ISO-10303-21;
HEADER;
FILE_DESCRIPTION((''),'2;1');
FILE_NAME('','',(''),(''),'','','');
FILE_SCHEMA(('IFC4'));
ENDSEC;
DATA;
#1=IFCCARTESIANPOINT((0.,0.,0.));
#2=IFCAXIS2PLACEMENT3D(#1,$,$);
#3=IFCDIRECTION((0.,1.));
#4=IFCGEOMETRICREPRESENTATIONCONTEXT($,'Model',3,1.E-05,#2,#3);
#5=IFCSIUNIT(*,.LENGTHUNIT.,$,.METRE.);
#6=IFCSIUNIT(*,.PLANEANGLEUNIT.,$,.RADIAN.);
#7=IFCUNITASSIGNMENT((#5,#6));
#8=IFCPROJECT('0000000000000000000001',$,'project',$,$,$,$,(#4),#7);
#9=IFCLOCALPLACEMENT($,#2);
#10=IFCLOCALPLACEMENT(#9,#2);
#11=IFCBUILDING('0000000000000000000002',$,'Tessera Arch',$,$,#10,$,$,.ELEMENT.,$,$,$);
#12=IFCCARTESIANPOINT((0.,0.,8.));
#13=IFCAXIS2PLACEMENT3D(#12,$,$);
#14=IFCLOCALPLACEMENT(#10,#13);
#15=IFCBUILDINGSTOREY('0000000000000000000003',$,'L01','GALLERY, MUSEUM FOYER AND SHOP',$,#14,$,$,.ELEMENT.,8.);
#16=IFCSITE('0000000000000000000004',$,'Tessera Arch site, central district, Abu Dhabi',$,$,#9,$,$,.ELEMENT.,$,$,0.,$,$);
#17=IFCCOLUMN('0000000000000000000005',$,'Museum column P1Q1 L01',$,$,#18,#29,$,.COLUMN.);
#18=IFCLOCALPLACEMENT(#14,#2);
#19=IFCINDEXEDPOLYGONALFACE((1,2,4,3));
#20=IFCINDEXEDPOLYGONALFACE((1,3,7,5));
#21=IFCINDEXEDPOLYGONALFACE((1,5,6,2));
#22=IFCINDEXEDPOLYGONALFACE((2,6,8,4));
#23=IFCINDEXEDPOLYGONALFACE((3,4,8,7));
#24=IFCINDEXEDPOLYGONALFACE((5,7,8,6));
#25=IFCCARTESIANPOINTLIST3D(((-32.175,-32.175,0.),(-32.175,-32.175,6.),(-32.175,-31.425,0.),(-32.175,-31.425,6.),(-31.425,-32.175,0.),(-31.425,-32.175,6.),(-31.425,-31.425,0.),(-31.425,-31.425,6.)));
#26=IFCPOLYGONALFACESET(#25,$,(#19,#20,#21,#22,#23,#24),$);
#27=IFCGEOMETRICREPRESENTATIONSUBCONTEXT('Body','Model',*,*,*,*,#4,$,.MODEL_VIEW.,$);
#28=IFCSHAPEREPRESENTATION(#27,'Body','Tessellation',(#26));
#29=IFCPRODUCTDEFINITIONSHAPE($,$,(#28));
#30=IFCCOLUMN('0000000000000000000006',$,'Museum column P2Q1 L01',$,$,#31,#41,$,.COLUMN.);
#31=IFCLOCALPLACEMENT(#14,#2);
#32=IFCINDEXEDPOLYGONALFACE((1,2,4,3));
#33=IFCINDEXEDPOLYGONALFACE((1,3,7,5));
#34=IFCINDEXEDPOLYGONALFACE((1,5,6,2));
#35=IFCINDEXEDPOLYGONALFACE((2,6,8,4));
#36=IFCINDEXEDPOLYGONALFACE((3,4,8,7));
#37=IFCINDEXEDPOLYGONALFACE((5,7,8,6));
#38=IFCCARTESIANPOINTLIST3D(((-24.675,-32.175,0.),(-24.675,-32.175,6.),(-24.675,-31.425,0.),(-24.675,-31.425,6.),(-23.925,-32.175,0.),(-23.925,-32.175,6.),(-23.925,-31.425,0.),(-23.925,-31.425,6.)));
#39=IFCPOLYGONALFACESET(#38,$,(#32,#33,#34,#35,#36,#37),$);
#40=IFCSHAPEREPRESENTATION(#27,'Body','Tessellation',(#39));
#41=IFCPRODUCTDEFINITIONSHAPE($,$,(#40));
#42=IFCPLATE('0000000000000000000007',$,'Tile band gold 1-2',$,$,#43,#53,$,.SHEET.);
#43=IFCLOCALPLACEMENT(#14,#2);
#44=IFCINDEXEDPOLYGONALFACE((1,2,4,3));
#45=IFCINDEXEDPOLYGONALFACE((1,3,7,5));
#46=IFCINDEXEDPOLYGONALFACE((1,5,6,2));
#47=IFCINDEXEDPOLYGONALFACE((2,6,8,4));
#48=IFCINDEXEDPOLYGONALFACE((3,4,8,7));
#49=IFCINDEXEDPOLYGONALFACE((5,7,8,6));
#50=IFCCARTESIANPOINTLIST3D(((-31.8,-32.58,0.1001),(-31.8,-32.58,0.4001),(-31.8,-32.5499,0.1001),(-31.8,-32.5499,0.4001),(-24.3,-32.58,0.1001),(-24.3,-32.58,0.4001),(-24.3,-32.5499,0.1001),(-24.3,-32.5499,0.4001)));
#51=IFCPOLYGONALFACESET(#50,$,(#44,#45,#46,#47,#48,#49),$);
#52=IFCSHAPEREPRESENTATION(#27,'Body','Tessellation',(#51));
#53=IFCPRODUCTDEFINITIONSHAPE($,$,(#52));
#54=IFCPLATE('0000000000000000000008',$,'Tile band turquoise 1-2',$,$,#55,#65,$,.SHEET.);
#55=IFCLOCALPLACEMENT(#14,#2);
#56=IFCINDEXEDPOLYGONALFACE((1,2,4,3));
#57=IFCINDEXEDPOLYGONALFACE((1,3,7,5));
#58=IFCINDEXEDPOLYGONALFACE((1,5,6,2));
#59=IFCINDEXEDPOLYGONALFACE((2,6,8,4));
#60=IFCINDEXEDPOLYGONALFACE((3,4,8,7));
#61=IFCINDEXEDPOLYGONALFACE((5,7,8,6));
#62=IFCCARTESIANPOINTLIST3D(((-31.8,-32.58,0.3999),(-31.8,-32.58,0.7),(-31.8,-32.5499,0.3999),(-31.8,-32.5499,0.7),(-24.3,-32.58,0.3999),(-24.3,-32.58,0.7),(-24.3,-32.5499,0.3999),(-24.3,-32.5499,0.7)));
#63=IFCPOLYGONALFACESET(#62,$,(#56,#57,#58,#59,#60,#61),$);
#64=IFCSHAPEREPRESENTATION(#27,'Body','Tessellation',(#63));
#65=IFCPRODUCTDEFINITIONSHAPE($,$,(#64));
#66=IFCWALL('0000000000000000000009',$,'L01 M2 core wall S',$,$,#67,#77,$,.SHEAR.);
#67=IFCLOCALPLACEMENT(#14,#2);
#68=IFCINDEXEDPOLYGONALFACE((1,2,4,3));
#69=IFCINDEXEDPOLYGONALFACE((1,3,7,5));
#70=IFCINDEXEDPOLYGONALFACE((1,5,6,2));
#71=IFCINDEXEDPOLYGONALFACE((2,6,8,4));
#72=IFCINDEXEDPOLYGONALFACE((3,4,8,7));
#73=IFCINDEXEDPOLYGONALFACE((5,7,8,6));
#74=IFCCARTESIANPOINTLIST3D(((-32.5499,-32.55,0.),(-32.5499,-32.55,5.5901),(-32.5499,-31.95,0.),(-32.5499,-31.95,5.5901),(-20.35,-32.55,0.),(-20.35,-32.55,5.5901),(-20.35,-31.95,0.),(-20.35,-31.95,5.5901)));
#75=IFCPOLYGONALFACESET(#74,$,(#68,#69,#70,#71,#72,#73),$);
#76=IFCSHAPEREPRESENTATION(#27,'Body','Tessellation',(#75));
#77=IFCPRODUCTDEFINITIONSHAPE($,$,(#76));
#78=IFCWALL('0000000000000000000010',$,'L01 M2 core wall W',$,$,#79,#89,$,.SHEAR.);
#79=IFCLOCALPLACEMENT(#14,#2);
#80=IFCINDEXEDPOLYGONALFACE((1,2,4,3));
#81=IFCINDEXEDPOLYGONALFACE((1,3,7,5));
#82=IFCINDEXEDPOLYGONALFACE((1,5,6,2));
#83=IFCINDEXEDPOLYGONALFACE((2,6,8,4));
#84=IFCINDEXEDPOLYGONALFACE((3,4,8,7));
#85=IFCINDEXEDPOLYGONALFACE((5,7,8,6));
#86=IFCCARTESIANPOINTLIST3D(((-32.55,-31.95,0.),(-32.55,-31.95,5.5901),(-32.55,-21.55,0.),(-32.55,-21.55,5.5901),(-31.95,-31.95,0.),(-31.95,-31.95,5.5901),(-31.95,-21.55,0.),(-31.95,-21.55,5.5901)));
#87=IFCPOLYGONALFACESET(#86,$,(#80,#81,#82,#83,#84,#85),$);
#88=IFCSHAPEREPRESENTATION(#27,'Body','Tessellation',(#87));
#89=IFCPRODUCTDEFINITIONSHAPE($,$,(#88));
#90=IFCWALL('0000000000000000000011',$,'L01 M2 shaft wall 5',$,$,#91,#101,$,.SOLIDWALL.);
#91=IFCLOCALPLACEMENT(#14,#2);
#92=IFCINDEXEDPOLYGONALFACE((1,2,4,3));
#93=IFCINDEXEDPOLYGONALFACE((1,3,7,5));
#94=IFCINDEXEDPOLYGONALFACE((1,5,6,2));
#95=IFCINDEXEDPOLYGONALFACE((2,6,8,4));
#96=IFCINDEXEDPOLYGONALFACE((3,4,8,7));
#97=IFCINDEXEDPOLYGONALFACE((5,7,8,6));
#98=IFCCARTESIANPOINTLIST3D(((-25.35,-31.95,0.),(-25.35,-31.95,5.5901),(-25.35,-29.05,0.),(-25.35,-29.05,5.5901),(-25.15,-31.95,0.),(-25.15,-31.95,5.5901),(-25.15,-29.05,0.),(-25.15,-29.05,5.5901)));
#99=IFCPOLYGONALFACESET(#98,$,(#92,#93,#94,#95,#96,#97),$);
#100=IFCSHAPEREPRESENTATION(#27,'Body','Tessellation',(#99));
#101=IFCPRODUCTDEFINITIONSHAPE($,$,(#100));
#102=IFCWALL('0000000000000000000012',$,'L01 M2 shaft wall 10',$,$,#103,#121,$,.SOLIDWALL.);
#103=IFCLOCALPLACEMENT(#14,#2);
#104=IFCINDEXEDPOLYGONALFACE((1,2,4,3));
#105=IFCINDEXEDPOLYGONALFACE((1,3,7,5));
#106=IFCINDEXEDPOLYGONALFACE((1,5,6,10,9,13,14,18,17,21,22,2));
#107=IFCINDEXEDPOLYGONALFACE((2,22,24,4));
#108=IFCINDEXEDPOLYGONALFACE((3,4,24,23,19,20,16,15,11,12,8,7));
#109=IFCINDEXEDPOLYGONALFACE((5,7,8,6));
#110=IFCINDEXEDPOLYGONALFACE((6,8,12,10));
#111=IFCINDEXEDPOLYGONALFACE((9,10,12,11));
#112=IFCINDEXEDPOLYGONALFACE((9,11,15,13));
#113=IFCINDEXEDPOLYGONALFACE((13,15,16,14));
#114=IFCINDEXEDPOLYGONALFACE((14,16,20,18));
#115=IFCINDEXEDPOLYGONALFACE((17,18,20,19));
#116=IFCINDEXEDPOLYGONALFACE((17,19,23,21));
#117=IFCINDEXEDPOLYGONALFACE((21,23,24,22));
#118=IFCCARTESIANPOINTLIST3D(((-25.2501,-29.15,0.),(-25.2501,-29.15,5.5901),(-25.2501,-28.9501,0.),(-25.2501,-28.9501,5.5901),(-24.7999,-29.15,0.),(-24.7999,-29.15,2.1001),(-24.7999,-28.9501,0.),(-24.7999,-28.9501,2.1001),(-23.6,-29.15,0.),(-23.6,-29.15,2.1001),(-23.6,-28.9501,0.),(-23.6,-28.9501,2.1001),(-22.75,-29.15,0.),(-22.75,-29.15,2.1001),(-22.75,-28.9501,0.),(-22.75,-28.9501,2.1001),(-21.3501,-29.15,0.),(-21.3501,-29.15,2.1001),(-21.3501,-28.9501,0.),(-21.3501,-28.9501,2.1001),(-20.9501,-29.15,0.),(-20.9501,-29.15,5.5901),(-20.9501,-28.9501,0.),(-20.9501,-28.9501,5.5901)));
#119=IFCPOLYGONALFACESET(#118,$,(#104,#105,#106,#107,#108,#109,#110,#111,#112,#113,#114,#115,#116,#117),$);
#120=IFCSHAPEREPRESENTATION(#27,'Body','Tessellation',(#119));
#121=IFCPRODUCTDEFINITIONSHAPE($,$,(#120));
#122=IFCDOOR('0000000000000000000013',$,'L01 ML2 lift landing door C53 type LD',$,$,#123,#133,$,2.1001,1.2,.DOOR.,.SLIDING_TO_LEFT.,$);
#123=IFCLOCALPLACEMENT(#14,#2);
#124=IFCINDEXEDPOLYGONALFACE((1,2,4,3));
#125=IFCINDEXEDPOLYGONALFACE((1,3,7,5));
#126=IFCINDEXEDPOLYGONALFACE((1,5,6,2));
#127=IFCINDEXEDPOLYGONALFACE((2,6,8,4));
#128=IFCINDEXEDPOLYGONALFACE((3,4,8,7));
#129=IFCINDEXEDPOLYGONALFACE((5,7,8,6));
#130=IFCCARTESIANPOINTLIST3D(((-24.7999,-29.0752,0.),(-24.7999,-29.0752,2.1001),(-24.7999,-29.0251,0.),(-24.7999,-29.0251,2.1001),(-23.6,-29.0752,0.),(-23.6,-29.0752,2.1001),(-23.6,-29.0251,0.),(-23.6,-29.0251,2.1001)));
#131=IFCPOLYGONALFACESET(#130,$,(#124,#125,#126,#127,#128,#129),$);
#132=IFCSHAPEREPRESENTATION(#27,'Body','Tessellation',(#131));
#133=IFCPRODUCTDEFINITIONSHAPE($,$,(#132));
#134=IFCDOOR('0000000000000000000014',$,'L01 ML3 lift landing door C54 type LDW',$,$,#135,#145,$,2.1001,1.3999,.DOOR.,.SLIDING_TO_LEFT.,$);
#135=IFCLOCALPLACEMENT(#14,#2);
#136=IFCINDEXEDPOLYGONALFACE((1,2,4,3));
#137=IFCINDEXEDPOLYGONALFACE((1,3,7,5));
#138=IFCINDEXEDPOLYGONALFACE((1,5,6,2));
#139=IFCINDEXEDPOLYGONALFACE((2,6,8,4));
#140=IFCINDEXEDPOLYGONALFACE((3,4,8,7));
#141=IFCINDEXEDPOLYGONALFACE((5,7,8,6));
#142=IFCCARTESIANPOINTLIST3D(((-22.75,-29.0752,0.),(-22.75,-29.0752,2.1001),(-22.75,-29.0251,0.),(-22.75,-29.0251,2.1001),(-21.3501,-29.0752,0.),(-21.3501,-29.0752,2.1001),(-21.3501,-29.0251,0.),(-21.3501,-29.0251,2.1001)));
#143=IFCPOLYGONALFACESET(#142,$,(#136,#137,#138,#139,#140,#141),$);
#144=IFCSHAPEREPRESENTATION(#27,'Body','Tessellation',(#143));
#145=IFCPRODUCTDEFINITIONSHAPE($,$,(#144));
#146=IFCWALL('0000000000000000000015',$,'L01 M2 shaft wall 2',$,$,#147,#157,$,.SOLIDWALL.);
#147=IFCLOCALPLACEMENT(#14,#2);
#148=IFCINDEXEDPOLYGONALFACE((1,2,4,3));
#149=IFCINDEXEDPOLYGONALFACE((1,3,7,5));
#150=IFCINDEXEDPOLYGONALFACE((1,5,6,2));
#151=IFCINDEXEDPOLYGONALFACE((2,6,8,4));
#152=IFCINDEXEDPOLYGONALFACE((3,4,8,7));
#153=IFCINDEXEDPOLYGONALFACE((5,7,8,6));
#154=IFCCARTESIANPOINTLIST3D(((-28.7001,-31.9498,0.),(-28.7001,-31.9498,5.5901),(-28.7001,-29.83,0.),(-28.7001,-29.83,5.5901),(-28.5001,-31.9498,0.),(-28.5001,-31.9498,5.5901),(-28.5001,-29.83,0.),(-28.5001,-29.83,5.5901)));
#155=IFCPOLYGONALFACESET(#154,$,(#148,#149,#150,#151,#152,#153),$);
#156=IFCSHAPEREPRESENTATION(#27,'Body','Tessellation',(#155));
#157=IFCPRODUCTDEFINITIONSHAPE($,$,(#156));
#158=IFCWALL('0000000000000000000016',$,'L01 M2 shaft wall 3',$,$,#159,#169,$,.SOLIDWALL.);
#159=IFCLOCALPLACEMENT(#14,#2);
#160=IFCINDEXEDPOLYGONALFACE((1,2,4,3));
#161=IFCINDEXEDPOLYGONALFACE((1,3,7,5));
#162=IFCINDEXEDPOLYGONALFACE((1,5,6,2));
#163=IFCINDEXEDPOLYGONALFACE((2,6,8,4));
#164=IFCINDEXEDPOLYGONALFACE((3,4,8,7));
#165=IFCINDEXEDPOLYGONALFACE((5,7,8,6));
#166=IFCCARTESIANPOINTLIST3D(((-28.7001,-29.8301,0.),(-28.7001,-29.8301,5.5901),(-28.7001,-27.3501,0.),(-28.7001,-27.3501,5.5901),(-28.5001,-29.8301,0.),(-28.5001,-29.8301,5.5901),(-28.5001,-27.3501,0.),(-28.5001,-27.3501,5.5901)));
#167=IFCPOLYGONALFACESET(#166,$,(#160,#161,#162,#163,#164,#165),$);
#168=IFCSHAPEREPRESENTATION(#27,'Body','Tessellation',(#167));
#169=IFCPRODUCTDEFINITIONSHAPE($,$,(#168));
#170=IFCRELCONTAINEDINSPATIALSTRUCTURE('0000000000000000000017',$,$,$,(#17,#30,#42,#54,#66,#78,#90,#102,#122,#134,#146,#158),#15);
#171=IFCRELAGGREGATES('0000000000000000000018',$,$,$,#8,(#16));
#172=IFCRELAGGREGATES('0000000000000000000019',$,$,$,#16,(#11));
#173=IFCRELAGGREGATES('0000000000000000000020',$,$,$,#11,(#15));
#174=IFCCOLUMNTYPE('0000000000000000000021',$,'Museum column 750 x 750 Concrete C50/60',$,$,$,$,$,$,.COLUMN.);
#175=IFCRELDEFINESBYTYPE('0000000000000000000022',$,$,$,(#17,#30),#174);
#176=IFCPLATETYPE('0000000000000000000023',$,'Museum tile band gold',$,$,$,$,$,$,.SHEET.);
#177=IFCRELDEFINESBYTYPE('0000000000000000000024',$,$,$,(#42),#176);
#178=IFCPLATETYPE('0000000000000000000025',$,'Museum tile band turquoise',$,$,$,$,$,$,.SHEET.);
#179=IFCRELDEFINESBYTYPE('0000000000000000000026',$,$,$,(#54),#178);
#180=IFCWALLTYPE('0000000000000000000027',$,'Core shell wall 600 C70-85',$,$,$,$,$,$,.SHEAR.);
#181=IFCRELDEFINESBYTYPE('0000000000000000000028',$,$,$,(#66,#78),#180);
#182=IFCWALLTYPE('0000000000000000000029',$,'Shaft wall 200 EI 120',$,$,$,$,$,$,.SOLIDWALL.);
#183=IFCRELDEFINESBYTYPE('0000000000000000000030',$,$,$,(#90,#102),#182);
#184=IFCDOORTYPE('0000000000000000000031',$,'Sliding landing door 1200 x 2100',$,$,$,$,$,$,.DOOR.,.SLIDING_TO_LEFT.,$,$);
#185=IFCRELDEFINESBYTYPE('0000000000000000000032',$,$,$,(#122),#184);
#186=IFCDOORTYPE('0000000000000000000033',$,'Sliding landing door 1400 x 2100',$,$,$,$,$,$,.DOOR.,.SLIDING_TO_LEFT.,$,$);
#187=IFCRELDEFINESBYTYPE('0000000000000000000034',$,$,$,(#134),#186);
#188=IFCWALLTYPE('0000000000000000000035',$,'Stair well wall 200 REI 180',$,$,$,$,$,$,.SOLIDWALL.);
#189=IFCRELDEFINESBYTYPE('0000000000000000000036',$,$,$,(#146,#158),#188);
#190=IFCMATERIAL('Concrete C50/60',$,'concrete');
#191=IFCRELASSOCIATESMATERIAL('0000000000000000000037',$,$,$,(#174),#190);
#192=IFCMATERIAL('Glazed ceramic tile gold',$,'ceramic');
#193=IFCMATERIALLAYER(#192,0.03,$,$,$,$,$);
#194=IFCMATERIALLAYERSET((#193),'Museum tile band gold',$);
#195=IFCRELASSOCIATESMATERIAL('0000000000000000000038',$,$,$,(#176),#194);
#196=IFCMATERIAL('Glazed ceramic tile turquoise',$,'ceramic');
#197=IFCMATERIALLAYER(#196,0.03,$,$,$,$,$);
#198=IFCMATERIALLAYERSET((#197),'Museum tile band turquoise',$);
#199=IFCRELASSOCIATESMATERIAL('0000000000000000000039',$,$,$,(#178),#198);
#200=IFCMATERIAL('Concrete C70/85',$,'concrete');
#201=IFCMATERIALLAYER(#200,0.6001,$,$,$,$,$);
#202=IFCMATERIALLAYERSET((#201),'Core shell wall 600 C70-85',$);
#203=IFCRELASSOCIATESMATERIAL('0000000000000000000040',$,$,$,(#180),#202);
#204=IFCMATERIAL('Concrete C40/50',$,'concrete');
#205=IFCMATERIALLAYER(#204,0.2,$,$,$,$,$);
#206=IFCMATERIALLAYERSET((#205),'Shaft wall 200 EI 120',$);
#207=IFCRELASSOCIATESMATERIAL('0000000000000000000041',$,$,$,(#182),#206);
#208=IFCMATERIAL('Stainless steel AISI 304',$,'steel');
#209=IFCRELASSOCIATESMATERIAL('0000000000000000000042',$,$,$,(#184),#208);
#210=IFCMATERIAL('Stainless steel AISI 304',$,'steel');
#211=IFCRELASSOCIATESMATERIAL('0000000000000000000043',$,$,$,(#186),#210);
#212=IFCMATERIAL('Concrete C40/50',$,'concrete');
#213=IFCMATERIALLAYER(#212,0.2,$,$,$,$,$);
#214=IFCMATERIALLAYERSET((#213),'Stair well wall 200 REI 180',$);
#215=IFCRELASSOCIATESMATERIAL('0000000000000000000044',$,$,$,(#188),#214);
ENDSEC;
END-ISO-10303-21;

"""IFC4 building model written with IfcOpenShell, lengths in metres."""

from ifc_helpers import new_model, si_unit, direction, frame, frame_2d, origin, origin_2d, place, context, subcontext, project, spatial, rectangle, extrude, material, layer, layer_set, material_profile, profile_set, type_object, element, fill, save


model = new_model("IFC4")

# Units and contexts
model_context = context("Model", 3, precision=1e-05, world=origin(), true_north=direction((0.0, 1.0)))
body_context = subcontext(model_context, "Body", "Model", "MODEL_VIEW")
ifc_project = project(units=[si_unit("LENGTHUNIT", "METRE"), si_unit("PLANEANGLEUNIT", "RADIAN")], contexts=[model_context])

# Site, building, storey
site_placement = place(None, origin())
site = spatial("IfcSite", under=ifc_project, at=site_placement, Name="Tessera Arch site, central district, Abu Dhabi", CompositionType="ELEMENT", RefElevation=0.0)
building_placement = place(site_placement, origin())
building = spatial("IfcBuilding", under=site, at=building_placement, Name="Tessera Arch", CompositionType="ELEMENT")
storey_placement = place(building_placement, frame((0.0, 0.0, 8.0)))
storey = spatial("IfcBuildingStorey", under=building, at=storey_placement, Name="L01", Description="GALLERY, MUSEUM FOYER AND SHOP", CompositionType="ELEMENT", Elevation=8.0)

# Columns
ifc_material_1 = material(Name="Concrete C50/60", Category="concrete")
ifc_material_profile = material_profile(ifc_material_1, rectangle(XDim=0.75, YDim=0.75, at=origin_2d()), Name="Museum column 750 x 750 Concrete C50/60")
ifc_profile_set = profile_set([ifc_material_profile], Name="Concrete C50/60")
column_type = type_object("IfcColumnType", Name="Museum column 750 x 750 Concrete C50/60", PredefinedType="COLUMN", material=ifc_profile_set)
for number, where, z_axis, x_axis, name in (
    (1, (-31.8, -31.8, 0.0), (0.0, 0.0, 1.0), (1.0, 0.0, 0.0), "Museum column P1Q1 L01"),
    (2, (-24.3, -31.8, 0.0), (0.0, 0.0, 1.0), (1.0, 0.0, 0.0), "Museum column P2Q1 L01"),
):
    element("IfcColumn", number, at=place(storey_placement, frame(where, z_axis=z_axis, x_axis=x_axis)), inside=storey, type_object=column_type, Name=name, PredefinedType="COLUMN", context=body_context, shape_type="SweptSolid", body=[
        extrude(rectangle(XDim=0.75, YDim=0.75, at=origin_2d()), origin(), (0.0, 0.0, 1.0), 6.0),
    ])

# Plates
ifc_material_2 = material(Name="Glazed ceramic tile gold", Category="ceramic")
ifc_layer_1 = layer(ifc_material_2, 0.03)
ifc_layer_set_1 = layer_set([ifc_layer_1], Name="Museum tile band gold")
plate_type_1 = type_object("IfcPlateType", Name="Museum tile band gold", PredefinedType="SHEET", material=ifc_layer_set_1)
plate_1_placement = place(storey_placement, frame((-28.05, -32.5649, 0.1001), z_axis=(0.0, 0.0, 1.0), x_axis=(1.0, 0.0, 0.0)))
element("IfcPlate", 3, at=plate_1_placement, inside=storey, type_object=plate_type_1, Name="Tile band gold 1-2", PredefinedType="SHEET", context=body_context, shape_type="SweptSolid", body=[
    extrude(rectangle(XDim=7.5, YDim=0.03, at=origin_2d()), origin(), (0.0, 0.0, 1.0), 0.3),
])
ifc_material_3 = material(Name="Glazed ceramic tile turquoise", Category="ceramic")
ifc_layer_2 = layer(ifc_material_3, 0.03)
ifc_layer_set_2 = layer_set([ifc_layer_2], Name="Museum tile band turquoise")
plate_type_2 = type_object("IfcPlateType", Name="Museum tile band turquoise", PredefinedType="SHEET", material=ifc_layer_set_2)
plate_2_placement = place(storey_placement, frame((-28.05, -32.5649, 0.3999), z_axis=(0.0, 0.0, 1.0), x_axis=(1.0, 0.0, 0.0)))
element("IfcPlate", 4, at=plate_2_placement, inside=storey, type_object=plate_type_2, Name="Tile band turquoise 1-2", PredefinedType="SHEET", context=body_context, shape_type="SweptSolid", body=[
    extrude(rectangle(XDim=7.5, YDim=0.03, at=origin_2d()), origin(), (0.0, 0.0, 1.0), 0.3),
])

# Walls
ifc_material_4 = material(Name="Concrete C70/85", Category="concrete")
ifc_layer_3 = layer(ifc_material_4, 0.6001)
ifc_layer_set_3 = layer_set([ifc_layer_3], Name="Core shell wall 600 C70-85")
wall_type_1 = type_object("IfcWallType", Name="Core shell wall 600 C70-85", PredefinedType="SHEAR", material=ifc_layer_set_3)
wall_1_placement = place(storey_placement, frame((-32.55, -32.25, 0.0), z_axis=(0.0, 0.0, 1.0), x_axis=(1.0, 0.0, 0.0)))
element("IfcWall", 5, at=wall_1_placement, inside=storey, type_object=wall_type_1, Name="L01 M2 core wall S", PredefinedType="SHEAR", context=body_context, shape_type="SweptSolid", body=[
    extrude(rectangle(XDim=12.2, YDim=0.6001, at=frame_2d((6.1001, 0.0))), origin(), (0.0, 0.0, 1.0), 5.5901),
])
wall_2_placement = place(storey_placement, frame((-32.25, -31.95, 0.0), z_axis=(0.0, 0.0, 1.0), x_axis=(0.0, 1.0, 0.0)))
element("IfcWall", 6, at=wall_2_placement, inside=storey, type_object=wall_type_1, Name="L01 M2 core wall W", PredefinedType="SHEAR", context=body_context, shape_type="SweptSolid", body=[
    extrude(rectangle(XDim=10.3999, YDim=0.6001, at=frame_2d((5.2, 0.0))), origin(), (0.0, 0.0, 1.0), 5.5901),
])
ifc_material_5 = material(Name="Concrete C40/50", Category="concrete")
ifc_layer_4 = layer(ifc_material_5, 0.2)
ifc_layer_set_4 = layer_set([ifc_layer_4], Name="Shaft wall 200 EI 120")
wall_type_2 = type_object("IfcWallType", Name="Shaft wall 200 EI 120", PredefinedType="SOLIDWALL", material=ifc_layer_set_4)
wall_3_placement = place(storey_placement, frame((-25.25, -31.95, 0.0), z_axis=(0.0, 0.0, 1.0), x_axis=(0.0, 1.0, 0.0)))
element("IfcWall", 7, at=wall_3_placement, inside=storey, type_object=wall_type_2, Name="L01 M2 shaft wall 5", PredefinedType="SOLIDWALL", context=body_context, shape_type="SweptSolid", body=[
    extrude(rectangle(XDim=2.8999, YDim=0.2, at=frame_2d((1.45, 0.0))), origin(), (0.0, 0.0, 1.0), 5.5901),
])

# Wall, openings, doors
wall_4_placement = place(storey_placement, frame((-25.25, -29.05, 0.0), z_axis=(0.0, 0.0, 1.0), x_axis=(1.0, 0.0, 0.0)))
wall_4 = element("IfcWall", 8, at=wall_4_placement, inside=storey, type_object=wall_type_2, Name="L01 M2 shaft wall 10", PredefinedType="SOLIDWALL", context=body_context, shape_type="SweptSolid", body=[
    extrude(rectangle(XDim=4.3, YDim=0.2, at=frame_2d((2.1499, 0.0))), origin(), (0.0, 0.0, 1.0), 5.5901),
])
opening_1_placement = place(wall_4_placement, frame((0.45, 0.0, 0.0)))
opening_1 = element("IfcOpeningElement", 9, at=opening_1_placement, cuts=wall_4, PredefinedType="OPENING", context=body_context, shape_type="SweptSolid", body=[
    extrude(rectangle(XDim=1.2, YDim=2.1001, at=frame_2d((0.6001, 1.05))), frame((0.0, 0.1099, 0.0), z_axis=(0.0, -1.0, 0.0), x_axis=(1.0, 0.0, 0.0)), (0.0, 0.0, 1.0), 0.22),
])
opening_2_placement = place(wall_4_placement, frame((2.5, 0.0, 0.0)))
opening_2 = element("IfcOpeningElement", 10, at=opening_2_placement, cuts=wall_4, PredefinedType="OPENING", context=body_context, shape_type="SweptSolid", body=[
    extrude(rectangle(XDim=1.3999, YDim=2.1001, at=frame_2d((0.7, 1.05))), frame((0.0, 0.1099, 0.0), z_axis=(0.0, -1.0, 0.0), x_axis=(1.0, 0.0, 0.0)), (0.0, 0.0, 1.0), 0.22),
])
ifc_material_6 = material(Name="Stainless steel AISI 304", Category="steel")
door_type_1 = type_object("IfcDoorType", Name="Sliding landing door 1200 x 2100", OperationType="SLIDING_TO_LEFT", PredefinedType="DOOR", material=ifc_material_6)
door_1_placement = place(opening_1_placement, origin())
door_1 = element("IfcDoor", 11, at=door_1_placement, inside=storey, type_object=door_type_1, Name="L01 ML2 lift landing door C53 type LD", OperationType="SLIDING_TO_LEFT", OverallHeight=2.1001, OverallWidth=1.2, PredefinedType="DOOR", context=body_context, shape_type="SweptSolid", body=[
    extrude(rectangle(XDim=1.2, YDim=2.1001, at=frame_2d((0.6001, 1.05))), frame((0.0, 0.0249, 0.0), z_axis=(0.0, -1.0, 0.0), x_axis=(1.0, 0.0, 0.0)), (0.0, 0.0, 1.0), 0.05),
])
fill(opening_1, door_1)
ifc_material_7 = material(Name="Stainless steel AISI 304", Category="steel")
door_type_2 = type_object("IfcDoorType", Name="Sliding landing door 1400 x 2100", OperationType="SLIDING_TO_LEFT", PredefinedType="DOOR", material=ifc_material_7)
door_2_placement = place(opening_2_placement, origin())
door_2 = element("IfcDoor", 12, at=door_2_placement, inside=storey, type_object=door_type_2, Name="L01 ML3 lift landing door C54 type LDW", OperationType="SLIDING_TO_LEFT", OverallHeight=2.1001, OverallWidth=1.3999, PredefinedType="DOOR", context=body_context, shape_type="SweptSolid", body=[
    extrude(rectangle(XDim=1.3999, YDim=2.1001, at=frame_2d((0.7, 1.05))), frame((0.0, 0.0249, 0.0), z_axis=(0.0, -1.0, 0.0), x_axis=(1.0, 0.0, 0.0)), (0.0, 0.0, 1.0), 0.05),
])
fill(opening_2, door_2)

# Walls
ifc_material_8 = material(Name="Concrete C40/50", Category="concrete")
ifc_layer_5 = layer(ifc_material_8, 0.2)
ifc_layer_set_5 = layer_set([ifc_layer_5], Name="Stair well wall 200 REI 180")
wall_type_3 = type_object("IfcWallType", Name="Stair well wall 200 REI 180", PredefinedType="SOLIDWALL", material=ifc_layer_set_5)
wall_5_placement = place(storey_placement, frame((-28.6001, -31.95, 0.0), z_axis=(0.0, 0.0, 1.0), x_axis=(0.0, 1.0, 0.0)))
element("IfcWall", 13, at=wall_5_placement, inside=storey, type_object=wall_type_3, Name="L01 M2 shaft wall 2", PredefinedType="SOLIDWALL", context=body_context, shape_type="SweptSolid", body=[
    extrude(rectangle(XDim=2.1199, YDim=0.2, at=frame_2d((1.0601, 0.0))), origin(), (0.0, 0.0, 1.0), 5.5901),
])
wall_6_placement = place(storey_placement, frame((-28.6001, -29.8301, 0.0), z_axis=(0.0, 0.0, 1.0), x_axis=(0.0, 1.0, 0.0)))
element("IfcWall", 14, at=wall_6_placement, inside=storey, type_object=wall_type_3, Name="L01 M2 shaft wall 3", PredefinedType="SOLIDWALL", context=body_context, shape_type="SweptSolid", body=[
    extrude(rectangle(XDim=2.48, YDim=0.2, at=frame_2d((1.24, 0.0))), origin(), (0.0, 0.0, 1.0), 5.5901),
])

save(model, "model.ifc")
